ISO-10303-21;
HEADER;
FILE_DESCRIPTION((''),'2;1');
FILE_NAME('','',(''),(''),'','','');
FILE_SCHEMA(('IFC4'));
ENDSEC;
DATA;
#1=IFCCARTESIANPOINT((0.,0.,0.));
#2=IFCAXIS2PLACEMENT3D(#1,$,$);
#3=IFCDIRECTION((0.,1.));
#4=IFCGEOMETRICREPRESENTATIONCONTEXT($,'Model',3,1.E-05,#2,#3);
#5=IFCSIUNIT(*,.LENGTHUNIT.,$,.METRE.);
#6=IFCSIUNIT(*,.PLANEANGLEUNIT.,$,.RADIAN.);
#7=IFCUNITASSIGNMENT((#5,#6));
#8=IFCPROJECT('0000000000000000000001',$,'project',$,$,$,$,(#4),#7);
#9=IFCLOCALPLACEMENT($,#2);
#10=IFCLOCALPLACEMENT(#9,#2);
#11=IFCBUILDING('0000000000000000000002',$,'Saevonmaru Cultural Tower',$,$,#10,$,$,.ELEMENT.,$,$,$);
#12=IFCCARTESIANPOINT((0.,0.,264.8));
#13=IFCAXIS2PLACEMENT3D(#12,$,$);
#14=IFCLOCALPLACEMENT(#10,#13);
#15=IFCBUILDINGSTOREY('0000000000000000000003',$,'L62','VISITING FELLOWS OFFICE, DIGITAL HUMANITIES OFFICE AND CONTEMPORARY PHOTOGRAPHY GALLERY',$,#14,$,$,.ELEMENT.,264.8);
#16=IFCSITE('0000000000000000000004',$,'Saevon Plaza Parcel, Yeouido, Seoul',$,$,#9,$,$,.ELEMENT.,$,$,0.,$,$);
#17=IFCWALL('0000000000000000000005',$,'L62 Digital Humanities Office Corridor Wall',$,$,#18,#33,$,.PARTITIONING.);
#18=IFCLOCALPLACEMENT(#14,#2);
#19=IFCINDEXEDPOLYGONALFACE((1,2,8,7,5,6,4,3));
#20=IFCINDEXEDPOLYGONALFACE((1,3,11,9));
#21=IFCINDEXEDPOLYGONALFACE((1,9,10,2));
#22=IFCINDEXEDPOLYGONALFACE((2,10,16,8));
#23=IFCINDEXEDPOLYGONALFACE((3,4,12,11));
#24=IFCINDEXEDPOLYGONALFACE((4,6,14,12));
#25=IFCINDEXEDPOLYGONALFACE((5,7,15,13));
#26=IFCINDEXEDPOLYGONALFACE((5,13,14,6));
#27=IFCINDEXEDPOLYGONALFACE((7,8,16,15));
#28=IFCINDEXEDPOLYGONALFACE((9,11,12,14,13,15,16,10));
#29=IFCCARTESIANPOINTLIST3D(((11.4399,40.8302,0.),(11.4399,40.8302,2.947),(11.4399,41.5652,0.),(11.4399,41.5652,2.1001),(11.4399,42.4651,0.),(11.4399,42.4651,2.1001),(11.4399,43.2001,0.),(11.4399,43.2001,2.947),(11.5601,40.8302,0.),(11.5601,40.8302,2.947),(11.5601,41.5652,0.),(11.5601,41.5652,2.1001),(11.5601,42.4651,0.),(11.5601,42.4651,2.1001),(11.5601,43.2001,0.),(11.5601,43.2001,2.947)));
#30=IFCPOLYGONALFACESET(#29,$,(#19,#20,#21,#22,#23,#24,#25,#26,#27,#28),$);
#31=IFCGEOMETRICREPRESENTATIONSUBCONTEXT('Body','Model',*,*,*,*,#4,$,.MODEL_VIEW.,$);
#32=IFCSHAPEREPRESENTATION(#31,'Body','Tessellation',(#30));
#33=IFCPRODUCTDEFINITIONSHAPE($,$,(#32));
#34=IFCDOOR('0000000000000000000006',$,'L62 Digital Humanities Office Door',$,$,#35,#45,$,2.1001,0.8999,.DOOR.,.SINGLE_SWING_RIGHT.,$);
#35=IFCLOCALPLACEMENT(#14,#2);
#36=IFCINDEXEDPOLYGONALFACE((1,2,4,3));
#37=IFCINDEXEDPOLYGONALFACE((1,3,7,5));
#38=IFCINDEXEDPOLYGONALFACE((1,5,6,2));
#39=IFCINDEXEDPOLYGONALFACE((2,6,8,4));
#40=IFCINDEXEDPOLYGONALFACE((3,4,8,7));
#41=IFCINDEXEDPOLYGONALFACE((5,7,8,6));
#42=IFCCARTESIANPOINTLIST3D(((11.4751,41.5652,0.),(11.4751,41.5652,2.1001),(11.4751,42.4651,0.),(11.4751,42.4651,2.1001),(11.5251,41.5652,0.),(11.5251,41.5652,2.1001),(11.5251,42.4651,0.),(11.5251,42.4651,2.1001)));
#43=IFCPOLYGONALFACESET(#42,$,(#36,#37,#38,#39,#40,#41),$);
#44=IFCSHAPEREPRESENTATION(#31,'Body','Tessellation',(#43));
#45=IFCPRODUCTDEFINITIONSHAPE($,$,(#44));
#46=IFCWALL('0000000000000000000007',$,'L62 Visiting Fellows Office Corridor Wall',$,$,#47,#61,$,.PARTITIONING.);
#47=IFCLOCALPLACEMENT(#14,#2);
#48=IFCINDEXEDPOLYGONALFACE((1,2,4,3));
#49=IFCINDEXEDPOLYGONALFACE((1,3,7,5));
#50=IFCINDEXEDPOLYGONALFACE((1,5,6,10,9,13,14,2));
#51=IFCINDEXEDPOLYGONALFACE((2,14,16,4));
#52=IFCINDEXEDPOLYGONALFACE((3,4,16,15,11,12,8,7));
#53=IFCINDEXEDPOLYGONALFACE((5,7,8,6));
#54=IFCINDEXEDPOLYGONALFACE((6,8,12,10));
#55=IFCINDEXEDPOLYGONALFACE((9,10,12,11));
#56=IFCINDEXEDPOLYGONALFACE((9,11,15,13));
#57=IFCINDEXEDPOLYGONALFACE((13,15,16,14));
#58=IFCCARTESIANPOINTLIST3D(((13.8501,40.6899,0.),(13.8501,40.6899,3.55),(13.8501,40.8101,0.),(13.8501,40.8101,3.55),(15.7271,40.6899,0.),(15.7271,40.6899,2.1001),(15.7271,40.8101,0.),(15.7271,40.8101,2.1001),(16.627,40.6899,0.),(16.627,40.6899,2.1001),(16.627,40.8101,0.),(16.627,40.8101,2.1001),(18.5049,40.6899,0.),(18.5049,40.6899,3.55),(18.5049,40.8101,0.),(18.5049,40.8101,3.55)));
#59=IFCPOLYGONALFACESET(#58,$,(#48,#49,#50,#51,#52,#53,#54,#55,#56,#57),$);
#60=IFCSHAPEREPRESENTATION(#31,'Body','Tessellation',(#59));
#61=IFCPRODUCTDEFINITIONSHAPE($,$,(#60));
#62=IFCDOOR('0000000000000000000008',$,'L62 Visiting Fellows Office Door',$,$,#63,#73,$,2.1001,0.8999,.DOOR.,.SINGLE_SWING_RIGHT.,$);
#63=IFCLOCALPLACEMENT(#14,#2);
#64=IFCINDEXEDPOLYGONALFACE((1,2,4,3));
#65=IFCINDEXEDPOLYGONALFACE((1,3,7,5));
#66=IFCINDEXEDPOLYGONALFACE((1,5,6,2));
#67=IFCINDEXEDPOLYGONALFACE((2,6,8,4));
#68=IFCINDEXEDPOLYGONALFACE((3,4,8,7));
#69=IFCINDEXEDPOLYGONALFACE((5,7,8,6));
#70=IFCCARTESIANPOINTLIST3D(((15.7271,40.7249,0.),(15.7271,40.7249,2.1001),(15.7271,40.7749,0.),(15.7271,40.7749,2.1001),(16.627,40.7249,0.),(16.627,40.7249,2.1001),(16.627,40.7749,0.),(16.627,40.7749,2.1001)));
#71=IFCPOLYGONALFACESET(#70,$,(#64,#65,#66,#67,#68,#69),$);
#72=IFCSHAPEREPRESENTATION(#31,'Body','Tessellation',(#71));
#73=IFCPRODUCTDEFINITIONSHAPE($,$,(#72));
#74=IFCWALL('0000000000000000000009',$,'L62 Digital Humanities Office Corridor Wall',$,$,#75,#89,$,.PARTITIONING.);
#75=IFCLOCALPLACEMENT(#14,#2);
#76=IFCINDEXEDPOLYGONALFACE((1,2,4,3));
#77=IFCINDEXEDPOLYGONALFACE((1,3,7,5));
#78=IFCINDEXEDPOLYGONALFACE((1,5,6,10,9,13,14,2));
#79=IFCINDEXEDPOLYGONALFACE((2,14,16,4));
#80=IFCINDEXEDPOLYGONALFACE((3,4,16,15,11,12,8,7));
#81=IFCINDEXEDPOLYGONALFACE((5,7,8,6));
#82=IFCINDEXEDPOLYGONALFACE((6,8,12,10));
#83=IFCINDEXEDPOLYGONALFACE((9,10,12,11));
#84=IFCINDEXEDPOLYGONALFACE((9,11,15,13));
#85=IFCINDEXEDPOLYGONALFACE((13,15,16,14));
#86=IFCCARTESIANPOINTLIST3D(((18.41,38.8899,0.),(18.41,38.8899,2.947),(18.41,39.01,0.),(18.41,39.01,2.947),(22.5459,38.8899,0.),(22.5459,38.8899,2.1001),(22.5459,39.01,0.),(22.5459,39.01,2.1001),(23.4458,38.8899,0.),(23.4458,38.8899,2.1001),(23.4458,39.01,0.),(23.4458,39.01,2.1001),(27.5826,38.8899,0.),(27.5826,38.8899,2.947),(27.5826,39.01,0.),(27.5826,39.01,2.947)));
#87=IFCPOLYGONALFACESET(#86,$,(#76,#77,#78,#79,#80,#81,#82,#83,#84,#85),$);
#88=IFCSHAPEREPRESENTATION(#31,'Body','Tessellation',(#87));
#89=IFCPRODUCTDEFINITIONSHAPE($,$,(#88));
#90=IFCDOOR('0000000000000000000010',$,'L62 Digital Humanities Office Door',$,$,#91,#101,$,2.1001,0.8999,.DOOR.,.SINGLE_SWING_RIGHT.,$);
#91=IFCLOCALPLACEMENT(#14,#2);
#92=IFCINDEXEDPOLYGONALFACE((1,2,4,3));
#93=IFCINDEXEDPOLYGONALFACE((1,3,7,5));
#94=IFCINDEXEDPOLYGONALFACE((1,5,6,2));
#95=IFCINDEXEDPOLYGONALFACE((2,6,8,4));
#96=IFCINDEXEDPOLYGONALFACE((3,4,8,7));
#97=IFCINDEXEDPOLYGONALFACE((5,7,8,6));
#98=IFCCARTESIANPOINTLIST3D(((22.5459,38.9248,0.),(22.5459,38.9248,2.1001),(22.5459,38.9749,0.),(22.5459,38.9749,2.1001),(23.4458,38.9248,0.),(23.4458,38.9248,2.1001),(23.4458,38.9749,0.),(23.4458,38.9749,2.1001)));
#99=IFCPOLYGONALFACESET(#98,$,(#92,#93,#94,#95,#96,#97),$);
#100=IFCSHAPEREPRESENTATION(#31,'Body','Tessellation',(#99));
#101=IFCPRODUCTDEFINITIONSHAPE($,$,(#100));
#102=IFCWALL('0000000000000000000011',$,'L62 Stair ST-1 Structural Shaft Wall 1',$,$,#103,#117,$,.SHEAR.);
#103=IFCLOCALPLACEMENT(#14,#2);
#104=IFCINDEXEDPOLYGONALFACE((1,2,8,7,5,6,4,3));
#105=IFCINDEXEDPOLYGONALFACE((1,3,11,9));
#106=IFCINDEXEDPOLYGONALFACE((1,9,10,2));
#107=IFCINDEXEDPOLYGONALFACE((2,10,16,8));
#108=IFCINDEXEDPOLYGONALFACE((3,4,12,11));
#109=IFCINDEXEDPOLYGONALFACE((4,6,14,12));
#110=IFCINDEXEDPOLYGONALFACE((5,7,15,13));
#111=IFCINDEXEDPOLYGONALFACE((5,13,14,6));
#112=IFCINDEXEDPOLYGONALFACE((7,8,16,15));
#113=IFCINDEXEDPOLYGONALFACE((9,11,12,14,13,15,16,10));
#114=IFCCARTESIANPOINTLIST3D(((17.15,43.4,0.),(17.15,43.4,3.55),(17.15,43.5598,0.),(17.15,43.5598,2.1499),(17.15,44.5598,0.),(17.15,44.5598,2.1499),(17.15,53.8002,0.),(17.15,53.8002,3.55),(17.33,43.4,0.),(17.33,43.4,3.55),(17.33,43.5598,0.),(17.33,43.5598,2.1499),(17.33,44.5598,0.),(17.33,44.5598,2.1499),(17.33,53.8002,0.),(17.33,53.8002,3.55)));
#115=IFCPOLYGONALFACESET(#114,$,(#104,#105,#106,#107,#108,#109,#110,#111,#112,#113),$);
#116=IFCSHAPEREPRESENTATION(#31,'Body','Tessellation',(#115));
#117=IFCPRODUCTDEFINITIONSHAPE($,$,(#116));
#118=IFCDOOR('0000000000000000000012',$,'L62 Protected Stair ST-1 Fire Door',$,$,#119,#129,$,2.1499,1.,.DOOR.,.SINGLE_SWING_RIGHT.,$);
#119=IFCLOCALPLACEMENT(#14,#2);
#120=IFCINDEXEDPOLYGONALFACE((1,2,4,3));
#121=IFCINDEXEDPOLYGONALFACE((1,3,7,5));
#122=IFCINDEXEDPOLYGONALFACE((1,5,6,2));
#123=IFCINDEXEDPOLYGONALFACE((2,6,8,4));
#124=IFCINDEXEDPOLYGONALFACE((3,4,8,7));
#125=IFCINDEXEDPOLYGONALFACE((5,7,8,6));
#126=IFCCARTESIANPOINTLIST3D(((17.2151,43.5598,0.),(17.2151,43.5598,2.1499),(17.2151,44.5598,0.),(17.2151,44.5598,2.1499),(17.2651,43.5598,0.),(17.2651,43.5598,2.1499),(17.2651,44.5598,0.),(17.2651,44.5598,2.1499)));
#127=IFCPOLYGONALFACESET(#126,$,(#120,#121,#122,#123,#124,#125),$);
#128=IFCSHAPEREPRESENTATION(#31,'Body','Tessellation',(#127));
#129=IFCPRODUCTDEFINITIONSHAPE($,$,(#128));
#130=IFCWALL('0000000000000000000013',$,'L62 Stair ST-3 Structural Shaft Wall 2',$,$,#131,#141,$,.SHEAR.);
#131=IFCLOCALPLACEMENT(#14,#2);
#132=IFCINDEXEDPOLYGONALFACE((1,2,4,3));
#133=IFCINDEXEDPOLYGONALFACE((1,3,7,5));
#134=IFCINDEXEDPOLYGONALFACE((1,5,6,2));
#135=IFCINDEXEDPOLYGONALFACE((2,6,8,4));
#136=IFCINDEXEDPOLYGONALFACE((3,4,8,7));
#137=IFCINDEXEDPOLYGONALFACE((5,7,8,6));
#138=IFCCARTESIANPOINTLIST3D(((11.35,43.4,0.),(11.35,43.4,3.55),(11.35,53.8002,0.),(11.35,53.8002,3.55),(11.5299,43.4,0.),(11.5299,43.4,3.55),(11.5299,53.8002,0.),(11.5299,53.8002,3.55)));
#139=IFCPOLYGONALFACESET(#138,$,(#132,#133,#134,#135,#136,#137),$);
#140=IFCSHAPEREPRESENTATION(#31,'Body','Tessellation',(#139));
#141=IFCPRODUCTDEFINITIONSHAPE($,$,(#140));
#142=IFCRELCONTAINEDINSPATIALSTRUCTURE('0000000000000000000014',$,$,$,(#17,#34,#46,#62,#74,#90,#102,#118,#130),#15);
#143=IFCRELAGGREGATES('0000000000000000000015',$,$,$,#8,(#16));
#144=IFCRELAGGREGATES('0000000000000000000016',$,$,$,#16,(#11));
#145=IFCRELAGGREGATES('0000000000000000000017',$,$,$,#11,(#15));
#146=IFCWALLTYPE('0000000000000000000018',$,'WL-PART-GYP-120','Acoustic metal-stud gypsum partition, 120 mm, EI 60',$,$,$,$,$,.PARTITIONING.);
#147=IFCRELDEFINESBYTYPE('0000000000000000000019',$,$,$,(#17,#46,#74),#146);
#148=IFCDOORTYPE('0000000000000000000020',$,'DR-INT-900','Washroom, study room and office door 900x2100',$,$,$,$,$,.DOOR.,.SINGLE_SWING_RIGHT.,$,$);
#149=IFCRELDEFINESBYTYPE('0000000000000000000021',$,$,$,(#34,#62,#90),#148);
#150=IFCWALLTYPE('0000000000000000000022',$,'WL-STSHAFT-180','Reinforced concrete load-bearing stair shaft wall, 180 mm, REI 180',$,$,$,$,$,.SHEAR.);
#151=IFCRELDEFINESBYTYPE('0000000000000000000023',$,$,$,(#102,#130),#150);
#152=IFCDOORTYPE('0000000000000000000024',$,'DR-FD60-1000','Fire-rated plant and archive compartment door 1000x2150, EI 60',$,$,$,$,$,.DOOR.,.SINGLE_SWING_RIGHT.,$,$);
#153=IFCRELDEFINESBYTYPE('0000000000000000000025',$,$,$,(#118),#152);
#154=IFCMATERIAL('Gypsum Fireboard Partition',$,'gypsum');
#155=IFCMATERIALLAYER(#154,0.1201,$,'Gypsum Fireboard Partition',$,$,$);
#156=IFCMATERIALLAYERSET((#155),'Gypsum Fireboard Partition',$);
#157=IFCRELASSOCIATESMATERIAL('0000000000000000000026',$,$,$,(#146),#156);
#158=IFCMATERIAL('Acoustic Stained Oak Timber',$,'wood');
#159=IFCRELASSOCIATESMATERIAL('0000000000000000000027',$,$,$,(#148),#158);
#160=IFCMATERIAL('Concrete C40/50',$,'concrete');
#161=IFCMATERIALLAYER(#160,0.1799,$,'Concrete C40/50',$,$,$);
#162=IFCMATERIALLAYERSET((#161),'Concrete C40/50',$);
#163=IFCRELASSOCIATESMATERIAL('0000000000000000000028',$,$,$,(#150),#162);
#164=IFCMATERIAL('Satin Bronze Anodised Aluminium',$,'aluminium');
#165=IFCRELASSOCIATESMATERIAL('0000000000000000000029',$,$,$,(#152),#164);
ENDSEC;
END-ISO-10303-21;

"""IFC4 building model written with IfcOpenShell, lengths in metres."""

from ifc_helpers import new_model, si_unit, direction, frame, frame_2d, origin, place, context, subcontext, project, spatial, rectangle, extrude, material, layer, layer_set, type_object, element, fill, save


model = new_model("IFC4")

# Units and contexts
model_context = context("Model", 3, precision=1e-05, world=origin(), true_north=direction((0.0, 1.0)))
body_context = subcontext(model_context, "Body", "Model", "MODEL_VIEW")
ifc_project = project(units=[si_unit("LENGTHUNIT", "METRE"), si_unit("PLANEANGLEUNIT", "RADIAN")], contexts=[model_context])

# Site, building, storey
site_placement = place(None, origin())
site = spatial("IfcSite", under=ifc_project, at=site_placement, Name="Saevon Plaza Parcel, Yeouido, Seoul", CompositionType="ELEMENT", RefElevation=0.0)
building_placement = place(site_placement, origin())
building = spatial("IfcBuilding", under=site, at=building_placement, Name="Saevonmaru Cultural Tower", CompositionType="ELEMENT")
storey_placement = place(building_placement, frame((0.0, 0.0, 264.8)))
storey = spatial("IfcBuildingStorey", under=building, at=storey_placement, Name="L62", Description="VISITING FELLOWS OFFICE, DIGITAL HUMANITIES OFFICE AND CONTEMPORARY PHOTOGRAPHY GALLERY", CompositionType="ELEMENT", Elevation=264.8)

# Shared definitions
ifc_material_1 = material(Name="Satin Bronze Anodised Aluminium", Category="aluminium")

# Shared definitions
ifc_material_2 = material(Name="Gypsum Fireboard Partition", Category="gypsum")
ifc_layer_1 = layer(ifc_material_2, 0.1201, Name="Gypsum Fireboard Partition")
ifc_layer_set_1 = layer_set([ifc_layer_1], Name="Gypsum Fireboard Partition")
wall_type_1 = type_object("IfcWallType", Name="WL-PART-GYP-120", Description="Acoustic metal-stud gypsum partition, 120 mm, EI 60", PredefinedType="PARTITIONING", material=ifc_layer_set_1)

# Shared definitions
ifc_material_3 = material(Name="Acoustic Stained Oak Timber", Category="wood")
door_type_1 = type_object("IfcDoorType", Name="DR-INT-900", Description="Washroom, study room and office door 900x2100", OperationType="SINGLE_SWING_RIGHT", PredefinedType="DOOR", material=ifc_material_3)

# Walls, openings, doors
wall_1_placement = place(storey_placement, frame((11.5, 40.8301, 0.0), z_axis=(0.0, 0.0, 1.0), x_axis=(0.0, 1.0, 0.0)))
wall_1 = element("IfcWall", 1, at=wall_1_placement, inside=storey, type_object=wall_type_1, Name="L62 Digital Humanities Office Corridor Wall", PredefinedType="PARTITIONING", context=body_context, shape_type="SweptSolid", body=[
    extrude(rectangle(XDim=2.3699, YDim=0.1201, at=frame_2d((1.1851, 0.0))), origin(), (0.0, 0.0, 1.0), 2.947),
])
opening_1_placement = place(wall_1_placement, frame((0.7351, 0.0, 0.0)))
opening_1 = element("IfcOpeningElement", 2, at=opening_1_placement, cuts=wall_1, PredefinedType="OPENING", context=body_context, shape_type="SweptSolid", body=[
    extrude(rectangle(XDim=0.8999, YDim=2.1001, at=frame_2d((0.45, 1.05))), frame((0.0, 0.0701, 0.0), z_axis=(0.0, -1.0, 0.0), x_axis=(1.0, 0.0, 0.0)), (0.0, 0.0, 1.0), 0.1401),
])
door_1_placement = place(opening_1_placement, origin())
door_1 = element("IfcDoor", 3, at=door_1_placement, inside=storey, type_object=door_type_1, Name="L62 Digital Humanities Office Door", OperationType="SINGLE_SWING_RIGHT", OverallHeight=2.1001, OverallWidth=0.8999, PredefinedType="DOOR", context=body_context, shape_type="SweptSolid", body=[
    extrude(rectangle(XDim=0.8999, YDim=2.1001, at=frame_2d((0.45, 1.05))), frame((0.0, 0.0249, 0.0), z_axis=(0.0, -1.0, 0.0), x_axis=(1.0, 0.0, 0.0)), (0.0, 0.0, 1.0), 0.05),
])
fill(opening_1, door_1)
wall_2_placement = place(storey_placement, frame((13.8501, 40.75, 0.0), z_axis=(0.0, 0.0, 1.0), x_axis=(1.0, 0.0, 0.0)))
wall_2 = element("IfcWall", 4, at=wall_2_placement, inside=storey, type_object=wall_type_1, Name="L62 Visiting Fellows Office Corridor Wall", PredefinedType="PARTITIONING", context=body_context, shape_type="SweptSolid", body=[
    extrude(rectangle(XDim=4.6548, YDim=0.1201, at=frame_2d((2.3274, 0.0))), origin(), (0.0, 0.0, 1.0), 3.55),
])
opening_2_placement = place(wall_2_placement, frame((1.877, 0.0, 0.0)))
opening_2 = element("IfcOpeningElement", 5, at=opening_2_placement, cuts=wall_2, PredefinedType="OPENING", context=body_context, shape_type="SweptSolid", body=[
    extrude(rectangle(XDim=0.8999, YDim=2.1001, at=frame_2d((0.45, 1.05))), frame((0.0, 0.0701, 0.0), z_axis=(0.0, -1.0, 0.0), x_axis=(1.0, 0.0, 0.0)), (0.0, 0.0, 1.0), 0.1401),
])
door_2_placement = place(opening_2_placement, origin())
door_2 = element("IfcDoor", 6, at=door_2_placement, inside=storey, type_object=door_type_1, Name="L62 Visiting Fellows Office Door", OperationType="SINGLE_SWING_RIGHT", OverallHeight=2.1001, OverallWidth=0.8999, PredefinedType="DOOR", context=body_context, shape_type="SweptSolid", body=[
    extrude(rectangle(XDim=0.8999, YDim=2.1001, at=frame_2d((0.45, 1.05))), frame((0.0, 0.0249, 0.0), z_axis=(0.0, -1.0, 0.0), x_axis=(1.0, 0.0, 0.0)), (0.0, 0.0, 1.0), 0.05),
])
fill(opening_2, door_2)
wall_3_placement = place(storey_placement, frame((18.4099, 38.95, 0.0), z_axis=(0.0, 0.0, 1.0), x_axis=(1.0, 0.0, 0.0)))
wall_3 = element("IfcWall", 7, at=wall_3_placement, inside=storey, type_object=wall_type_1, Name="L62 Digital Humanities Office Corridor Wall", PredefinedType="PARTITIONING", context=body_context, shape_type="SweptSolid", body=[
    extrude(rectangle(XDim=9.1726, YDim=0.1201, at=frame_2d((4.5864, 0.0))), origin(), (0.0, 0.0, 1.0), 2.947),
])
opening_3_placement = place(wall_3_placement, frame((4.136, 0.0, 0.0)))
opening_3 = element("IfcOpeningElement", 8, at=opening_3_placement, cuts=wall_3, PredefinedType="OPENING", context=body_context, shape_type="SweptSolid", body=[
    extrude(rectangle(XDim=0.8999, YDim=2.1001, at=frame_2d((0.45, 1.05))), frame((0.0, 0.0701, 0.0), z_axis=(0.0, -1.0, 0.0), x_axis=(1.0, 0.0, 0.0)), (0.0, 0.0, 1.0), 0.1401),
])
door_3_placement = place(opening_3_placement, origin())
door_3 = element("IfcDoor", 9, at=door_3_placement, inside=storey, type_object=door_type_1, Name="L62 Digital Humanities Office Door", OperationType="SINGLE_SWING_RIGHT", OverallHeight=2.1001, OverallWidth=0.8999, PredefinedType="DOOR", context=body_context, shape_type="SweptSolid", body=[
    extrude(rectangle(XDim=0.8999, YDim=2.1001, at=frame_2d((0.45, 1.05))), frame((0.0, 0.0249, 0.0), z_axis=(0.0, -1.0, 0.0), x_axis=(1.0, 0.0, 0.0)), (0.0, 0.0, 1.0), 0.05),
])
fill(opening_3, door_3)
ifc_material_4 = material(Name="Concrete C40/50", Category="concrete")
ifc_layer_2 = layer(ifc_material_4, 0.1799, Name="Concrete C40/50")
ifc_layer_set_2 = layer_set([ifc_layer_2], Name="Concrete C40/50")
wall_type_2 = type_object("IfcWallType", Name="WL-STSHAFT-180", Description="Reinforced concrete load-bearing stair shaft wall, 180 mm, REI 180", PredefinedType="SHEAR", material=ifc_layer_set_2)
wall_4_placement = place(storey_placement, frame((17.24, 43.3999, 0.0), z_axis=(0.0, 0.0, 1.0), x_axis=(0.0, 1.0, 0.0)))
wall_4 = element("IfcWall", 10, at=wall_4_placement, inside=storey, type_object=wall_type_2, Name="L62 Stair ST-1 Structural Shaft Wall 1", PredefinedType="SHEAR", context=body_context, shape_type="SweptSolid", body=[
    extrude(rectangle(XDim=10.4001, YDim=0.1799, at=frame_2d((5.2002, 0.0))), origin(), (0.0, 0.0, 1.0), 3.55),
])
opening_4_placement = place(wall_4_placement, frame((0.1599, 0.0, 0.0)))
opening_4 = element("IfcOpeningElement", 11, at=opening_4_placement, cuts=wall_4, PredefinedType="OPENING", context=body_context, shape_type="SweptSolid", body=[
    extrude(rectangle(XDim=1.0, YDim=2.1499, at=frame_2d((0.5, 1.075))), frame((0.0, 0.1001, 0.0), z_axis=(0.0, -1.0, 0.0), x_axis=(1.0, 0.0, 0.0)), (0.0, 0.0, 1.0), 0.2),
])
door_type_2 = type_object("IfcDoorType", Name="DR-FD60-1000", Description="Fire-rated plant and archive compartment door 1000x2150, EI 60", OperationType="SINGLE_SWING_RIGHT", PredefinedType="DOOR", material=ifc_material_1)
door_4_placement = place(opening_4_placement, origin())
door_4 = element("IfcDoor", 12, at=door_4_placement, inside=storey, type_object=door_type_2, Name="L62 Protected Stair ST-1 Fire Door", OperationType="SINGLE_SWING_RIGHT", OverallHeight=2.1499, OverallWidth=1.0, PredefinedType="DOOR", context=body_context, shape_type="SweptSolid", body=[
    extrude(rectangle(XDim=1.0, YDim=2.1499, at=frame_2d((0.5, 1.075))), frame((0.0, 0.0249, 0.0), z_axis=(0.0, -1.0, 0.0), x_axis=(1.0, 0.0, 0.0)), (0.0, 0.0, 1.0), 0.05),
])
fill(opening_4, door_4)

# Wall
wall_5_placement = place(storey_placement, frame((11.4399, 43.3999, 0.0), z_axis=(0.0, 0.0, 1.0), x_axis=(0.0, 1.0, 0.0)))
element("IfcWall", 13, at=wall_5_placement, inside=storey, type_object=wall_type_2, Name="L62 Stair ST-3 Structural Shaft Wall 2", PredefinedType="SHEAR", context=body_context, shape_type="SweptSolid", body=[
    extrude(rectangle(XDim=10.4001, YDim=0.1799, at=frame_2d((5.2002, 0.0))), origin(), (0.0, 0.0, 1.0), 3.55),
])

save(model, "model.ifc")
